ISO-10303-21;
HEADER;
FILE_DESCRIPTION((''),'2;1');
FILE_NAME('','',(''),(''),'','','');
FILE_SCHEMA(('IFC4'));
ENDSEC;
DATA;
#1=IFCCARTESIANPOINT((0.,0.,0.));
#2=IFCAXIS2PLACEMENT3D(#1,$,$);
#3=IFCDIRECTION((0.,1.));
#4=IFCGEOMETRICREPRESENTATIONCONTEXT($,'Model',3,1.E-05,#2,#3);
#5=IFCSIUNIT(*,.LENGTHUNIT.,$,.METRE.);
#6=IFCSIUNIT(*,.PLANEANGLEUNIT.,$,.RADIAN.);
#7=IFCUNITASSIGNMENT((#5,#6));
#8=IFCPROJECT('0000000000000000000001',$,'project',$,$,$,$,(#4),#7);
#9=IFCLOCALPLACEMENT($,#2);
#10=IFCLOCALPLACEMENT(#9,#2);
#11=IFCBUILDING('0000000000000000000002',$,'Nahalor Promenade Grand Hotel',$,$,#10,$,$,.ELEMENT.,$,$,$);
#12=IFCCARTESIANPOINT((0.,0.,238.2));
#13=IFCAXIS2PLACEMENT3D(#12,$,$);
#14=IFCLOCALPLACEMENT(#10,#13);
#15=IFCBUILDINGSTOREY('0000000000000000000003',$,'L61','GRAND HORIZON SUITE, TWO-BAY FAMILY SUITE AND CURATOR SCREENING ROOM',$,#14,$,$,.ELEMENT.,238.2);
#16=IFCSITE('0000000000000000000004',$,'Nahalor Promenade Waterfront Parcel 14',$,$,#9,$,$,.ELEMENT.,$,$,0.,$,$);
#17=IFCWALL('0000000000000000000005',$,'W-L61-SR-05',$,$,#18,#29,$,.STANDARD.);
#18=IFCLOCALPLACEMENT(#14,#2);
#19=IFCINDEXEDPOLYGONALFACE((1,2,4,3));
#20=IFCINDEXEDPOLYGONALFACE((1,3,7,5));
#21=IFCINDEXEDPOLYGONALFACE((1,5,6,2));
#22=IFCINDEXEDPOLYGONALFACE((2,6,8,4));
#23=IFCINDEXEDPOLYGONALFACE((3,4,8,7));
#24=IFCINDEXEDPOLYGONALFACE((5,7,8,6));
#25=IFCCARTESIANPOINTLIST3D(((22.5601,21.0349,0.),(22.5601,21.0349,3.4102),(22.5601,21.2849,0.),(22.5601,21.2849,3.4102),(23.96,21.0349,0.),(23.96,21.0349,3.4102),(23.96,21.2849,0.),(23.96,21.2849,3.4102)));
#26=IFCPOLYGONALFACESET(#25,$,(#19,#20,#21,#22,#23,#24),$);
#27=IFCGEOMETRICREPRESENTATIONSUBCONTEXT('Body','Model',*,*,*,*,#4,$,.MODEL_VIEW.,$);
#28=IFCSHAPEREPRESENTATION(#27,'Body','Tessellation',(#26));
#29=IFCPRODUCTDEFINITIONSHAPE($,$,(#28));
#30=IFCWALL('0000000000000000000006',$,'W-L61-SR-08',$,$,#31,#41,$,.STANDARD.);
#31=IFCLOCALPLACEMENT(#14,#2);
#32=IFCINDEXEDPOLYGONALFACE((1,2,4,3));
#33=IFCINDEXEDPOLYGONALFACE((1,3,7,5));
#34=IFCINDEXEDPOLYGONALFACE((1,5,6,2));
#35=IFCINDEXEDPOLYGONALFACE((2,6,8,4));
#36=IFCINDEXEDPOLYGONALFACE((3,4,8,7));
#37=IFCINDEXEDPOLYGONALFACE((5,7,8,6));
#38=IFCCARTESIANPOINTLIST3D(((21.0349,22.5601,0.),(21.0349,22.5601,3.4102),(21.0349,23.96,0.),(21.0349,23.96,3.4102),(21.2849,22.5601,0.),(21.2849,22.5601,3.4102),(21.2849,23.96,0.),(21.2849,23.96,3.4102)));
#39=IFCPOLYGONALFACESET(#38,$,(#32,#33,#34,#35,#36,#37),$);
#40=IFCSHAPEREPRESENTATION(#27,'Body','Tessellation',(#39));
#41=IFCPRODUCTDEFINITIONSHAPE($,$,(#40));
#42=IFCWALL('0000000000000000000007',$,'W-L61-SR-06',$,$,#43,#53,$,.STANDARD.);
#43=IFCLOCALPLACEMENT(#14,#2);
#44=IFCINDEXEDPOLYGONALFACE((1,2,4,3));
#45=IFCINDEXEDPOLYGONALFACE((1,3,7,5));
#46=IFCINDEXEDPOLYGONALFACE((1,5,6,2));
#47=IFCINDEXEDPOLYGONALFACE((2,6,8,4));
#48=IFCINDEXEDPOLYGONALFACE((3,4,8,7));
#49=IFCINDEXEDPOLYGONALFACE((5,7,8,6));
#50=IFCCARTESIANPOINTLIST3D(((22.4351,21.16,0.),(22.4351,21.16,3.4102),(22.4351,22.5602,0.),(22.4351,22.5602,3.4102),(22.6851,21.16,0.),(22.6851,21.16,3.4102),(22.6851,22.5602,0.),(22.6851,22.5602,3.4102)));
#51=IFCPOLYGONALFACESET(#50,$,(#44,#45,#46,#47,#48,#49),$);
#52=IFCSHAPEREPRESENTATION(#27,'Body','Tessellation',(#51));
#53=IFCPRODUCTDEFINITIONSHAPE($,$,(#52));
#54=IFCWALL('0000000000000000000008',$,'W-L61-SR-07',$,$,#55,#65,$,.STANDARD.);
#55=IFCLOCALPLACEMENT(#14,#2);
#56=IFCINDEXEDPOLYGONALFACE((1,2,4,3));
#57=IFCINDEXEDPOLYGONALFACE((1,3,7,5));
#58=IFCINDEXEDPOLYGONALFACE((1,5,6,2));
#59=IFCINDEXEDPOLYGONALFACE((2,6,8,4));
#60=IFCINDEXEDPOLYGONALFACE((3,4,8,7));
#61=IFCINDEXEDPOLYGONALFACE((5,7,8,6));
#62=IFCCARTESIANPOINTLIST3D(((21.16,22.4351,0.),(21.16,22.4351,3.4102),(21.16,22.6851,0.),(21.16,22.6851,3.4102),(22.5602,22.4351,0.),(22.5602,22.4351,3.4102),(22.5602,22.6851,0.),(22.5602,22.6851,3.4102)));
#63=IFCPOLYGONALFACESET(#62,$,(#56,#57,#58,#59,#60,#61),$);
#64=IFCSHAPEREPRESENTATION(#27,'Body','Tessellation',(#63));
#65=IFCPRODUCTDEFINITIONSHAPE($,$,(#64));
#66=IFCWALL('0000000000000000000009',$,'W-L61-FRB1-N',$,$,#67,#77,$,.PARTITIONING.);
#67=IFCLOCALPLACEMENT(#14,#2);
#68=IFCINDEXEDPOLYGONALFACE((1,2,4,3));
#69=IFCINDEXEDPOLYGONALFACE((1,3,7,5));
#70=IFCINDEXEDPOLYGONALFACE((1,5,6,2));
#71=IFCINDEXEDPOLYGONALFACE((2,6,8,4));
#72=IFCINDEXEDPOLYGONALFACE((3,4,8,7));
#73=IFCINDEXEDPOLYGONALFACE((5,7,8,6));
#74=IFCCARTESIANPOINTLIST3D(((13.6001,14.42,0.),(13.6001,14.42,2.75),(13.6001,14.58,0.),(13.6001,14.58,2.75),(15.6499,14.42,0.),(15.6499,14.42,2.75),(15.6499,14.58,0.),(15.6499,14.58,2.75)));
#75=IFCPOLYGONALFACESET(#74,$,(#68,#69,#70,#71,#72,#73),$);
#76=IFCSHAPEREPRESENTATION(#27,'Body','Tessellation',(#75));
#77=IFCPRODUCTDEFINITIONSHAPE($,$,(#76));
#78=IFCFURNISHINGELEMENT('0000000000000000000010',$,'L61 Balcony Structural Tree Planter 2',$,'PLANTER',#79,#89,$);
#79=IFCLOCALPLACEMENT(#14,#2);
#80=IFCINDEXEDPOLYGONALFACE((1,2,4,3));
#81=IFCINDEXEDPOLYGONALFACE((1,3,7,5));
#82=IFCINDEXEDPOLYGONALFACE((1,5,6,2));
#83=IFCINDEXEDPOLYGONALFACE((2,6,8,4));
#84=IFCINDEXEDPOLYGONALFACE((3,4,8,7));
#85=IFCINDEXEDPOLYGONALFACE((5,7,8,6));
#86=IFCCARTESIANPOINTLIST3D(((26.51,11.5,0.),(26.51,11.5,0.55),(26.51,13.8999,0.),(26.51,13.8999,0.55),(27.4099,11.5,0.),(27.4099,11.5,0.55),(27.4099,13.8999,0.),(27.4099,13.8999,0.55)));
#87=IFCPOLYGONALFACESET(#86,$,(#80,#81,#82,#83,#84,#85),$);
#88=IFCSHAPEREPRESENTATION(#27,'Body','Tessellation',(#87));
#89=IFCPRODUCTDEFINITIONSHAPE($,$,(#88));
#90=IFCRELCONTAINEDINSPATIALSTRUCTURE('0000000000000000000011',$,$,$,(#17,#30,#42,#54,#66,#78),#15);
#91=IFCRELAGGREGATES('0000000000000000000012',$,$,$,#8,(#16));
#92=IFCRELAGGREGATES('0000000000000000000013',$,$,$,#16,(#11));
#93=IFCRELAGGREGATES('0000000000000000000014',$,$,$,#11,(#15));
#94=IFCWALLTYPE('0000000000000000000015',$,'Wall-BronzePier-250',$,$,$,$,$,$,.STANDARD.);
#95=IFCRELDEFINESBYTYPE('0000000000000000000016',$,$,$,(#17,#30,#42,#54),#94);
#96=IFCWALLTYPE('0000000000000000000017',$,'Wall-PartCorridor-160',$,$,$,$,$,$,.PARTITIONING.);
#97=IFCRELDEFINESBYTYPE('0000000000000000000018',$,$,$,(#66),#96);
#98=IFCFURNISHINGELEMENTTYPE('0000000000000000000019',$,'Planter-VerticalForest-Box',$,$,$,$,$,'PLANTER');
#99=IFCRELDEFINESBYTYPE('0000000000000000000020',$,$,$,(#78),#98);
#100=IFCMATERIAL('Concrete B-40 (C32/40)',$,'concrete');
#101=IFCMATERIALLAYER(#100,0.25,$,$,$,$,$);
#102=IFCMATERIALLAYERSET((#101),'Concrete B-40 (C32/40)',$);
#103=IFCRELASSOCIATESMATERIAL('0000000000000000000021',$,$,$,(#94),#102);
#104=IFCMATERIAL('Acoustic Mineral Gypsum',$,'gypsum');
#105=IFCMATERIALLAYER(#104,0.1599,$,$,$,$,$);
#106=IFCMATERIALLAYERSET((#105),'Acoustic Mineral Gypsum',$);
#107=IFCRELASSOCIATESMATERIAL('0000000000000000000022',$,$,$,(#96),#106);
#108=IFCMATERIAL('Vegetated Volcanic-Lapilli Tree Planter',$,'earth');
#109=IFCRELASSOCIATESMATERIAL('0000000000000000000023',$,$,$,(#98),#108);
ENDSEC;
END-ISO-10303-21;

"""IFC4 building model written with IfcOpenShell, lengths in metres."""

from ifc_helpers import new_model, si_unit, direction, frame, frame_2d, origin, origin_2d, place, context, subcontext, project, spatial, rectangle, extrude, source, transform, mapped, material, layer, layer_set, type_object, element, save


model = new_model("IFC4")

# Units and contexts
model_context = context("Model", 3, precision=1e-05, world=origin(), true_north=direction((0.0, 1.0)))
body_context = subcontext(model_context, "Body", "Model", "MODEL_VIEW")
ifc_project = project(units=[si_unit("LENGTHUNIT", "METRE"), si_unit("PLANEANGLEUNIT", "RADIAN")], contexts=[model_context])

# Site, building, storey
site_placement = place(None, origin())
site = spatial("IfcSite", under=ifc_project, at=site_placement, Name="Nahalor Promenade Waterfront Parcel 14", CompositionType="ELEMENT", RefElevation=0.0)
building_placement = place(site_placement, origin())
building = spatial("IfcBuilding", under=site, at=building_placement, Name="Nahalor Promenade Grand Hotel", CompositionType="ELEMENT")
storey_placement = place(building_placement, frame((0.0, 0.0, 238.2)))
storey = spatial("IfcBuildingStorey", under=building, at=storey_placement, Name="L61", Description="GRAND HORIZON SUITE, TWO-BAY FAMILY SUITE AND CURATOR SCREENING ROOM", CompositionType="ELEMENT", Elevation=238.2)

# Walls
ifc_material_1 = material(Name="Concrete B-40 (C32/40)", Category="concrete")
ifc_layer_1 = layer(ifc_material_1, 0.25)
ifc_layer_set_1 = layer_set([ifc_layer_1], Name="Concrete B-40 (C32/40)")
wall_type_1 = type_object("IfcWallType", Name="Wall-BronzePier-250", PredefinedType="STANDARD", material=ifc_layer_set_1)
shared_shape_1 = source(origin(), body_context, "Body", "SweptSolid", [
    extrude(rectangle(XDim=1.3999, YDim=0.25, at=frame_2d((0.7, 0.0))), origin(), (0.0, 0.0, 1.0), 3.4102),
])
for number, where, z_axis, x_axis, name in (
    (1, (22.5601, 21.1599, 0.0), (0.0, 0.0, 1.0), (1.0, 0.0, 0.0), "W-L61-SR-05"),
    (2, (21.1599, 22.5601, 0.0), (0.0, 0.0, 1.0), (0.0, 1.0, 0.0), "W-L61-SR-08"),
):
    element("IfcWall", number, at=place(storey_placement, frame(where, z_axis=z_axis, x_axis=x_axis)), inside=storey, type_object=wall_type_1, Name=name, PredefinedType="STANDARD", context=body_context, shape_type="MappedRepresentation", body=[
        mapped(shared_shape_1, transform((0.0, 0.0, 0.0), scale=1.0)),
    ])
shared_shape_2 = source(origin(), body_context, "Body", "SweptSolid", [
    extrude(rectangle(XDim=1.4001, YDim=0.25, at=frame_2d((0.7002, 0.0))), origin(), (0.0, 0.0, 1.0), 3.4102),
])
for number, where, z_axis, x_axis, name in (
    (3, (22.5601, 21.1599, 0.0), (0.0, 0.0, 1.0), (0.0, 1.0, 0.0), "W-L61-SR-06"),
    (4, (21.1599, 22.5601, 0.0), (0.0, 0.0, 1.0), (1.0, 0.0, 0.0), "W-L61-SR-07"),
):
    element("IfcWall", number, at=place(storey_placement, frame(where, z_axis=z_axis, x_axis=x_axis)), inside=storey, type_object=wall_type_1, Name=name, PredefinedType="STANDARD", context=body_context, shape_type="MappedRepresentation", body=[
        mapped(shared_shape_2, transform((0.0, 0.0, 0.0), scale=1.0)),
    ])
ifc_material_2 = material(Name="Acoustic Mineral Gypsum", Category="gypsum")
ifc_layer_2 = layer(ifc_material_2, 0.1599)
ifc_layer_set_2 = layer_set([ifc_layer_2], Name="Acoustic Mineral Gypsum")
wall_type_2 = type_object("IfcWallType", Name="Wall-PartCorridor-160", PredefinedType="PARTITIONING", material=ifc_layer_set_2)
shared_shape_3 = source(origin(), body_context, "Body", "SweptSolid", [
    extrude(rectangle(XDim=2.0498, YDim=0.1599, at=frame_2d((1.0249, 0.0))), origin(), (0.0, 0.0, 1.0), 2.75),
])
wall_1_placement = place(storey_placement, frame((13.6001, 14.5, 0.0), z_axis=(0.0, 0.0, 1.0), x_axis=(1.0, 0.0, 0.0)))
element("IfcWall", 5, at=wall_1_placement, inside=storey, type_object=wall_type_2, Name="W-L61-FRB1-N", PredefinedType="PARTITIONING", context=body_context, shape_type="MappedRepresentation", body=[
    mapped(shared_shape_3, transform((0.0, 0.0, 0.0), scale=1.0)),
])

# Furnishing element
ifc_material_3 = material(Name="Vegetated Volcanic-Lapilli Tree Planter", Category="earth")
furnishing_element_type = type_object("IfcFurnishingElementType", Name="Planter-VerticalForest-Box", ElementType="PLANTER", material=ifc_material_3)
shared_shape_4 = source(origin(), body_context, "Body", "SweptSolid", [
    extrude(rectangle(XDim=2.3999, YDim=0.8999, at=origin_2d()), origin(), (0.0, 0.0, 1.0), 0.55),
])
furnishing_placement = place(storey_placement, frame((26.96, 12.7, 0.0), z_axis=(0.0, 0.0, 1.0), x_axis=(0.0, 1.0, 0.0)))
element("IfcFurnishingElement", 6, at=furnishing_placement, inside=storey, type_object=furnishing_element_type, Name="L61 Balcony Structural Tree Planter 2", ObjectType="PLANTER", context=body_context, shape_type="MappedRepresentation", body=[
    mapped(shared_shape_4, transform((0.0, 0.0, 0.0), scale=1.0)),
])

save(model, "model.ifc")
